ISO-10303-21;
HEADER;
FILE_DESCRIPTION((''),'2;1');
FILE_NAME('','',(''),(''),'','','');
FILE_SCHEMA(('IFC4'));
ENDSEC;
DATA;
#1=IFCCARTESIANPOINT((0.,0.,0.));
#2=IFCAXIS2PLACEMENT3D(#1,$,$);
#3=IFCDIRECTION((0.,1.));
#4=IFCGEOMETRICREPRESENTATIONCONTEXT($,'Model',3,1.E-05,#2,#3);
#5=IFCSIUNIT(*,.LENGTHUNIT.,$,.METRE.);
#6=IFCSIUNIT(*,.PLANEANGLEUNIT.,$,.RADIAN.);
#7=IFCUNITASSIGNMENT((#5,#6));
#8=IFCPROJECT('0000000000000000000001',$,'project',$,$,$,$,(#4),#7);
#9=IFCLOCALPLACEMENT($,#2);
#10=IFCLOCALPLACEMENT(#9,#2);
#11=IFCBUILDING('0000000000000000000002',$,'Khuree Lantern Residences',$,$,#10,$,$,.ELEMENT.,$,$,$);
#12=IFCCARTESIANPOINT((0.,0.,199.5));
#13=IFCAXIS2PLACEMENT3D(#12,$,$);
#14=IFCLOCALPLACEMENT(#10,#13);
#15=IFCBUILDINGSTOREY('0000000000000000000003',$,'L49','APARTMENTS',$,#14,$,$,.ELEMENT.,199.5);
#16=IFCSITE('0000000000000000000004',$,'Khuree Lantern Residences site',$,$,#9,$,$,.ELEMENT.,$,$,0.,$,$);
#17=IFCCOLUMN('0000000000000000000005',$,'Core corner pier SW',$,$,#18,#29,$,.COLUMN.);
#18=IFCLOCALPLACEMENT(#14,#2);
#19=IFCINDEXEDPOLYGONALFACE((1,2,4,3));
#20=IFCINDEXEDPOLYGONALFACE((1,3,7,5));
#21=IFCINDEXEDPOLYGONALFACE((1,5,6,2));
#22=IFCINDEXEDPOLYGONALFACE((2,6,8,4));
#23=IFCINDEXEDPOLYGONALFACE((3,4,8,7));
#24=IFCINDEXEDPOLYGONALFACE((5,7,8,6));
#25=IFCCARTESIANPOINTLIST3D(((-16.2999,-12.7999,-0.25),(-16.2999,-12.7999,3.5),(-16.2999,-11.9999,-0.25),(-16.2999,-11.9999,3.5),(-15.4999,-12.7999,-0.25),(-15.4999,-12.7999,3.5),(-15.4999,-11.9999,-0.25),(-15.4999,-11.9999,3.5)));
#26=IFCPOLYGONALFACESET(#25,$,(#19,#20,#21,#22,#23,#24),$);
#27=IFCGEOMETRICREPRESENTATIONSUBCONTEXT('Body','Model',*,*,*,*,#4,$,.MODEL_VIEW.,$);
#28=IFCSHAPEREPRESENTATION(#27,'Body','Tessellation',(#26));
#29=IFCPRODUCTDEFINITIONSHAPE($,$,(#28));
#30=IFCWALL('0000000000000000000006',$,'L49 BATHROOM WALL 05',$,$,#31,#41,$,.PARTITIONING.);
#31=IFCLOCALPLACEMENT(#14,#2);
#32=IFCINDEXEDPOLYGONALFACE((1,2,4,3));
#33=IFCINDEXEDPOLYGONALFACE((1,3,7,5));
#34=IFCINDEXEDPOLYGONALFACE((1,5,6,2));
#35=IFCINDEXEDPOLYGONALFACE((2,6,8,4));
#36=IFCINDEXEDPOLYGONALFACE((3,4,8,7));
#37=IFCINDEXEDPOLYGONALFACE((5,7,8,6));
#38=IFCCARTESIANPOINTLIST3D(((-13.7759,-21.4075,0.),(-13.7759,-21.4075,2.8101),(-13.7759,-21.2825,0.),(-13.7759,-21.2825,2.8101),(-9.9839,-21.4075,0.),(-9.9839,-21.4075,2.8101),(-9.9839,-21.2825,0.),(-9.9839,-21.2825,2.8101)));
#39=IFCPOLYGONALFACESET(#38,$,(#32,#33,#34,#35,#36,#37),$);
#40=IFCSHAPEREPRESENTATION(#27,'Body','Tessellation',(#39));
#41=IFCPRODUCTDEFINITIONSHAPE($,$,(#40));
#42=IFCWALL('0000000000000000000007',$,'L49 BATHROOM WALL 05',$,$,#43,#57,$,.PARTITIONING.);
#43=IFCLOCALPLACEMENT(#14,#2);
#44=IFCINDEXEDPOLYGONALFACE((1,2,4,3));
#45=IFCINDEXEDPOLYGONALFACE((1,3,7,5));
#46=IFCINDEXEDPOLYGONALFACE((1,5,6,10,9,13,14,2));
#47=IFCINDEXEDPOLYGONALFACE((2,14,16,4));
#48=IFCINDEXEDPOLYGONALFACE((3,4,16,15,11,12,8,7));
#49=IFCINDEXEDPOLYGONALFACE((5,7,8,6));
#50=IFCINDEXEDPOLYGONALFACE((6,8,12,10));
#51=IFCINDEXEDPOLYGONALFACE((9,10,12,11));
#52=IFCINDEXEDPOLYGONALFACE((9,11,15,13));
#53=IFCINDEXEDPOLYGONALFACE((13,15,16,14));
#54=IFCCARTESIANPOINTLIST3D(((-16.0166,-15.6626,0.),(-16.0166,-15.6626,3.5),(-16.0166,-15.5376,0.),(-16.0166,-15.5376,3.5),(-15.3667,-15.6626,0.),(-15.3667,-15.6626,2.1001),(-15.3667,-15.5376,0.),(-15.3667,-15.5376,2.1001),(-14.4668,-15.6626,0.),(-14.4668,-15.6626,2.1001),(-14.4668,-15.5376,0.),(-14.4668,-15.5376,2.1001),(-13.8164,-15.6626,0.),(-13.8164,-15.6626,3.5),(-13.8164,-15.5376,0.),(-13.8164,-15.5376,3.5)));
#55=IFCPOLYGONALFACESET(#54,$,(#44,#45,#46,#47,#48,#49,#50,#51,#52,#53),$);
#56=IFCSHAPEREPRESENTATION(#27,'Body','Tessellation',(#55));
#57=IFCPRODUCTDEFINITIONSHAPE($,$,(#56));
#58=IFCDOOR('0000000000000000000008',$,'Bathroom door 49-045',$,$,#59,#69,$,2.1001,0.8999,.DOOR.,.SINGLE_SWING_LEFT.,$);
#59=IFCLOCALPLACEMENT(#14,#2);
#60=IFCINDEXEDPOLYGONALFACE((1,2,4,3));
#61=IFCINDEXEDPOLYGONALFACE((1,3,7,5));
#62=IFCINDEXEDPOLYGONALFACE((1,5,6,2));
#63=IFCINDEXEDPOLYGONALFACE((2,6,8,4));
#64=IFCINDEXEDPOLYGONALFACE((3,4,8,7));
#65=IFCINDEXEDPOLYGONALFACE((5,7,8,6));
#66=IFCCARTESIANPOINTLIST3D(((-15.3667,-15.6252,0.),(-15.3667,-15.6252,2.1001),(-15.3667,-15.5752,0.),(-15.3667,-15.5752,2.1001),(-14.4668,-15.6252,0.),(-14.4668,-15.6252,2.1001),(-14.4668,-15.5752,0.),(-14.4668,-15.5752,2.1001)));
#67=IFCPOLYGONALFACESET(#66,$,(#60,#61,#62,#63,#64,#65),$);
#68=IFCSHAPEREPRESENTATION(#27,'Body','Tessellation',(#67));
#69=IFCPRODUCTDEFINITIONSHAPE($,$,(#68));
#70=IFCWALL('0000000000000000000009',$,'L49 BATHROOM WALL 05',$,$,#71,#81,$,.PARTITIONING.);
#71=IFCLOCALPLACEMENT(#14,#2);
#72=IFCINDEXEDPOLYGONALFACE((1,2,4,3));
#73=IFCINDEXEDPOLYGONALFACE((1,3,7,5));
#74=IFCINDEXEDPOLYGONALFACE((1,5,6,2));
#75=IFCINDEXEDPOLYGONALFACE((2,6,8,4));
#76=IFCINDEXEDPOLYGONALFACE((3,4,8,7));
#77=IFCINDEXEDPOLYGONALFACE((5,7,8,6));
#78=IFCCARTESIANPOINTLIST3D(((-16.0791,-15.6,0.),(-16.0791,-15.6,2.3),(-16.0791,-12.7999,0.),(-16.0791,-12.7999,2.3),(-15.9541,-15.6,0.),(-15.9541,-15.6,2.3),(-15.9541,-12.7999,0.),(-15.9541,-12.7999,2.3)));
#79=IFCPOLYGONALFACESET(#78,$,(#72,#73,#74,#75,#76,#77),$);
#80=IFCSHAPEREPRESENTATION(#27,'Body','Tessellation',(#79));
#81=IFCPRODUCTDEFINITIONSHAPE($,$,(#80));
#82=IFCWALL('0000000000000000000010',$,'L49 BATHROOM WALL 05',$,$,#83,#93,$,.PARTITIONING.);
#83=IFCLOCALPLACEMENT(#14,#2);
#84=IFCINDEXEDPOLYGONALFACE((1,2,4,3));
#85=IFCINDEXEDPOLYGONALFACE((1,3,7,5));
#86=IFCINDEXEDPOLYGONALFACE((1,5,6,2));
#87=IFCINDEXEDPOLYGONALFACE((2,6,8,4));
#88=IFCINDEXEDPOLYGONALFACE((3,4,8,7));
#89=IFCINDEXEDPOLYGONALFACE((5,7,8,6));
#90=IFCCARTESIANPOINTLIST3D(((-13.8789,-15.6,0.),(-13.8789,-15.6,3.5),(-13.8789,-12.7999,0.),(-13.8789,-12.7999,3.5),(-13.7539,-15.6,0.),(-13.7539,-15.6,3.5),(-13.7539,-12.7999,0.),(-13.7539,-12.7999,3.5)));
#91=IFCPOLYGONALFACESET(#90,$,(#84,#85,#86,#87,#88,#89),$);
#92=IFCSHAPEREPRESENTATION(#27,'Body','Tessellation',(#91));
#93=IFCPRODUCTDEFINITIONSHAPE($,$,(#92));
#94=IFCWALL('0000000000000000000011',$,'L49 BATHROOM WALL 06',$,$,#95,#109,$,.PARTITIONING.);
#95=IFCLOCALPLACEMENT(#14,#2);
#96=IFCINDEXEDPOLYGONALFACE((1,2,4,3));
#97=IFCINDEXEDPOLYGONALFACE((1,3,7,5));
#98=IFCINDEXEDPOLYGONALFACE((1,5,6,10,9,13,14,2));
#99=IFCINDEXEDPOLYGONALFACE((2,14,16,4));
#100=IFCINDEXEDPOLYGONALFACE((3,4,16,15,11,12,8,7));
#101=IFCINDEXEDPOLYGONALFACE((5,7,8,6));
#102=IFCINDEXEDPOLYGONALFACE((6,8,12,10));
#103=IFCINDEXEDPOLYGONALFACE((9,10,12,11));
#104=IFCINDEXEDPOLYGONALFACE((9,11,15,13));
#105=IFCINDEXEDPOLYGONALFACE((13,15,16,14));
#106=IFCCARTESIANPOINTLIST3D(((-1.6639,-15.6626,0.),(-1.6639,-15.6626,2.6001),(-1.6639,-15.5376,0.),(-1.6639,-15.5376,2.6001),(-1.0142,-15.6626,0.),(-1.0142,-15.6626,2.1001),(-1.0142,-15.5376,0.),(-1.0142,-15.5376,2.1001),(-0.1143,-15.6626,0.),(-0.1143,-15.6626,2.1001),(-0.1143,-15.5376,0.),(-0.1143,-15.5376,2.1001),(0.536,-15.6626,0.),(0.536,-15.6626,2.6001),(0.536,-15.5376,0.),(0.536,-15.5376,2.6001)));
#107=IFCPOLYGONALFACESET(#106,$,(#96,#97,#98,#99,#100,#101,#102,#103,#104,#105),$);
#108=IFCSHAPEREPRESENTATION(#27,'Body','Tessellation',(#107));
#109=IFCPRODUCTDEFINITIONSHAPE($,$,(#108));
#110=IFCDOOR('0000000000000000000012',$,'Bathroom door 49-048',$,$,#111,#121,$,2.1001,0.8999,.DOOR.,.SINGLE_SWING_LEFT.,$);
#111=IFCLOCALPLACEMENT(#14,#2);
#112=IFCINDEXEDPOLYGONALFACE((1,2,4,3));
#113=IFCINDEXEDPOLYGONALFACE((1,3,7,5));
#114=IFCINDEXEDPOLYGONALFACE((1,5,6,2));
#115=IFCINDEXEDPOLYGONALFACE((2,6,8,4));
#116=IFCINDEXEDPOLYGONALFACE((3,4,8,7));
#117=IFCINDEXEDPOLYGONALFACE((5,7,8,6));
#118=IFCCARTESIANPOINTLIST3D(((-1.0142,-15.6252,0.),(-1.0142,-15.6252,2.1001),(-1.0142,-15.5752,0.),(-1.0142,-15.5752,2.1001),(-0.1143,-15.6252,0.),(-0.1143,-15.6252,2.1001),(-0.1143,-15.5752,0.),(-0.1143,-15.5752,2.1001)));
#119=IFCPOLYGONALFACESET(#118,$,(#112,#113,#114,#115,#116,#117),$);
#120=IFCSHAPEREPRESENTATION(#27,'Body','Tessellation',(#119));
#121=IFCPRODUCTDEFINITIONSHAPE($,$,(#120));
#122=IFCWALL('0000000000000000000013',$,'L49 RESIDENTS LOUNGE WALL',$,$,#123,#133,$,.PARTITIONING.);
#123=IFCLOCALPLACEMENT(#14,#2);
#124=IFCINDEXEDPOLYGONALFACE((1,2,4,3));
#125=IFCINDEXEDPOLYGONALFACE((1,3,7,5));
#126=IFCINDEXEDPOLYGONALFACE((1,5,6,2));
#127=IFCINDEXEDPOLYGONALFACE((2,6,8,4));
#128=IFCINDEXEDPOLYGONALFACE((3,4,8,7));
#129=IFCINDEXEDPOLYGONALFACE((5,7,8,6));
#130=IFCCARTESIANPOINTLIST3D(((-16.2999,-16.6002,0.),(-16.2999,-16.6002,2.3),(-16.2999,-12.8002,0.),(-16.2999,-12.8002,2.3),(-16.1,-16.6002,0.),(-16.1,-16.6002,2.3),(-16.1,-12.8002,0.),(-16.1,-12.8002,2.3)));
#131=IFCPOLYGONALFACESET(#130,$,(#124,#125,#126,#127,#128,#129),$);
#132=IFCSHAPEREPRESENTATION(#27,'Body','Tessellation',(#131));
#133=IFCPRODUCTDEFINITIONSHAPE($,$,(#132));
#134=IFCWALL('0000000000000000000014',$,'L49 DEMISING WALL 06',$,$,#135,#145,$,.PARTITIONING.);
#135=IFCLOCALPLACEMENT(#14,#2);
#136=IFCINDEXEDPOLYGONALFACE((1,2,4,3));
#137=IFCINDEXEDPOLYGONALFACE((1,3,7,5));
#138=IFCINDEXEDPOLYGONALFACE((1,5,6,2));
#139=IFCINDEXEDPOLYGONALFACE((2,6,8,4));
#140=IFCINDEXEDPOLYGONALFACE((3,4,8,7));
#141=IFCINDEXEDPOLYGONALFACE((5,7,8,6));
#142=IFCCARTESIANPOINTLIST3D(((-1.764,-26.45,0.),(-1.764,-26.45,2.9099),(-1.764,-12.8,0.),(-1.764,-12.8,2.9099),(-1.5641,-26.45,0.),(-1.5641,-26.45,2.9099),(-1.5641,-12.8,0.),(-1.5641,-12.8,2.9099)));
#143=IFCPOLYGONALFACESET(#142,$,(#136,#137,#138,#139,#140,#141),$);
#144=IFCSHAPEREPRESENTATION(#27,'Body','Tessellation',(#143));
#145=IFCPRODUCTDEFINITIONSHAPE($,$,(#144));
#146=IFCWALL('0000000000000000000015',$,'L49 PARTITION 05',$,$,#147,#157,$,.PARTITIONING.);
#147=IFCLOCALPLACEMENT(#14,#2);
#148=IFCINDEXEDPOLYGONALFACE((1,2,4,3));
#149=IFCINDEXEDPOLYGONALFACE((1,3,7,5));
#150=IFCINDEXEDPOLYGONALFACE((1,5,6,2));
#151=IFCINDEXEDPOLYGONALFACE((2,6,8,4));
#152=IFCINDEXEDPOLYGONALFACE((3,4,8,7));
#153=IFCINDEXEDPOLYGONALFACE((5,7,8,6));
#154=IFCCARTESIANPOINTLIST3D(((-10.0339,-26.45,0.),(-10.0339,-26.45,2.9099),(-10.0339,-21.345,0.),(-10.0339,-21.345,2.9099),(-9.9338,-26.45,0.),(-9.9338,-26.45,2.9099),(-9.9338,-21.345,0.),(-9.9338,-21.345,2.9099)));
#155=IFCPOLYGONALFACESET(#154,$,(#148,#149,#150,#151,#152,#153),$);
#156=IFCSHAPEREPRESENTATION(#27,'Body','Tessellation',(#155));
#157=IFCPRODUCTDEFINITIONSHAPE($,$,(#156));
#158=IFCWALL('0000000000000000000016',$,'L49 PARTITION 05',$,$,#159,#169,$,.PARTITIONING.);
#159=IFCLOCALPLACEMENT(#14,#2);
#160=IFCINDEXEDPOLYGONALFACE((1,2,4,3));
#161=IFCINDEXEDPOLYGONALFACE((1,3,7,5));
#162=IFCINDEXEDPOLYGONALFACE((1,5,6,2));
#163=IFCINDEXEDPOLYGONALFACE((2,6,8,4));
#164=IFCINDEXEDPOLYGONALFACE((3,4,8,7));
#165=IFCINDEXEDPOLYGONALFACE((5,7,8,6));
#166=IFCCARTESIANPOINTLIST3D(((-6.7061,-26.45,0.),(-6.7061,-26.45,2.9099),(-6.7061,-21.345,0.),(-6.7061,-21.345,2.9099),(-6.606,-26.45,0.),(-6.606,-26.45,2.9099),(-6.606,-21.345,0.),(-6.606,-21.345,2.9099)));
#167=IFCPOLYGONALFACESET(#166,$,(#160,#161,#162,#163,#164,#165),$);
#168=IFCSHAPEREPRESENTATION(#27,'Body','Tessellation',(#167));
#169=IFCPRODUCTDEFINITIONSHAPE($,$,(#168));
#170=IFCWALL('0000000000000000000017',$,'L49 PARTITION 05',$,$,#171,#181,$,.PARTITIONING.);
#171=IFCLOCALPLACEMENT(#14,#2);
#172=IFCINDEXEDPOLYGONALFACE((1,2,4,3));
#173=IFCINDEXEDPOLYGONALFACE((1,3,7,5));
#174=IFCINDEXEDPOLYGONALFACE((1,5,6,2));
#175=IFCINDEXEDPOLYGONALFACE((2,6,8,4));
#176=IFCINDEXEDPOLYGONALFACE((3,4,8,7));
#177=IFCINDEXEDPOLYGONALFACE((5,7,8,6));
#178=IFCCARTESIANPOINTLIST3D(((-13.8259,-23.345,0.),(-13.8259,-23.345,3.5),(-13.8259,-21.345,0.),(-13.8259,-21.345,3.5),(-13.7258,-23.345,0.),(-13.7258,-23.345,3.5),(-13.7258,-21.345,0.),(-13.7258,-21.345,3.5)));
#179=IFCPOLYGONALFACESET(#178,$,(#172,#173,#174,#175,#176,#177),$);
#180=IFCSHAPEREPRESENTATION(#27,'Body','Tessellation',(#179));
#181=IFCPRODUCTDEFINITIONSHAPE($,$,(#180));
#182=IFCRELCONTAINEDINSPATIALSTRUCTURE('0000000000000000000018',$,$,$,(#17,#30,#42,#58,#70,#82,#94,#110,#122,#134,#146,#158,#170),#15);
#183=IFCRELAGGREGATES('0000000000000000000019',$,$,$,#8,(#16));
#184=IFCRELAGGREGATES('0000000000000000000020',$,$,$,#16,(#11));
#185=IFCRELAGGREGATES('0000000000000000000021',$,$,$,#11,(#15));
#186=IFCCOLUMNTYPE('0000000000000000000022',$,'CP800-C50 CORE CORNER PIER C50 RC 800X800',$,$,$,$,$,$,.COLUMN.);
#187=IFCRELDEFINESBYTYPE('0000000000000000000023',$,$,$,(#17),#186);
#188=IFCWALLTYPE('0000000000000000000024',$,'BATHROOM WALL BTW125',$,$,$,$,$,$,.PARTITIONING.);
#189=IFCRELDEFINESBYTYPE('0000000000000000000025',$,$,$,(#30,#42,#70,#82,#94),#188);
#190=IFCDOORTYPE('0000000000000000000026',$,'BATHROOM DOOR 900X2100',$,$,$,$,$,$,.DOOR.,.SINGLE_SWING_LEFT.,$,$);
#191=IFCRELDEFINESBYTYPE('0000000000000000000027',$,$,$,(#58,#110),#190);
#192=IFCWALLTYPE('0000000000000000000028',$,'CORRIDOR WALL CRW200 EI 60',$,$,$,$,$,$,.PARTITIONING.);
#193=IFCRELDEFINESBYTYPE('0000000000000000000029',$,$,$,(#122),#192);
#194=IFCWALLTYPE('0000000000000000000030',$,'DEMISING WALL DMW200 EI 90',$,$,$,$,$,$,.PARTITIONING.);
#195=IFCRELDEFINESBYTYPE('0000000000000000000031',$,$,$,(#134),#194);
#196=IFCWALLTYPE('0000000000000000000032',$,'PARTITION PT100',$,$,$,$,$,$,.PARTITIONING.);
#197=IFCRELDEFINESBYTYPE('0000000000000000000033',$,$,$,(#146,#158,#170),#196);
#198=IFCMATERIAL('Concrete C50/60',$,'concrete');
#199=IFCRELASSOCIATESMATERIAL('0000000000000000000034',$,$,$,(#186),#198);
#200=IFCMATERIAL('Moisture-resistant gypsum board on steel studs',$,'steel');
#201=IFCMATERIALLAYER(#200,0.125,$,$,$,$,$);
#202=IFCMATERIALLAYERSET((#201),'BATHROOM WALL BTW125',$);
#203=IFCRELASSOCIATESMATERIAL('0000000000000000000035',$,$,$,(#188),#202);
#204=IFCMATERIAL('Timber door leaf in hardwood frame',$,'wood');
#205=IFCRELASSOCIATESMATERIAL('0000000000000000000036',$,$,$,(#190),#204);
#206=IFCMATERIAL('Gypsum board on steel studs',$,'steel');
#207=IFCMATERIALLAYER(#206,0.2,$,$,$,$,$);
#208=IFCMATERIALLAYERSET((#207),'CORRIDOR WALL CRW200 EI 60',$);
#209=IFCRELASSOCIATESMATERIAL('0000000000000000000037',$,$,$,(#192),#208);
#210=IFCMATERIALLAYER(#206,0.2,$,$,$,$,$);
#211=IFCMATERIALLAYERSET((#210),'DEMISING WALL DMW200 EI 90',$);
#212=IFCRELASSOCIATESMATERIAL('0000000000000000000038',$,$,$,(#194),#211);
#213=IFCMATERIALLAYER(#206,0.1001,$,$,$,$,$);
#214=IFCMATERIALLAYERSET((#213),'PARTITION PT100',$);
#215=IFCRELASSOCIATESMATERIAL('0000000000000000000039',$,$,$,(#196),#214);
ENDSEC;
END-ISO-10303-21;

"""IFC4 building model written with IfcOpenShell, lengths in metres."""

from ifc_helpers import new_model, si_unit, direction, frame, frame_2d, origin, origin_2d, place, context, subcontext, project, spatial, rectangle, extrude, material, layer, layer_set, material_profile, profile_set, type_object, element, fill, save


model = new_model("IFC4")

# Units and contexts
model_context = context("Model", 3, precision=1e-05, world=origin(), true_north=direction((0.0, 1.0)))
body_context = subcontext(model_context, "Body", "Model", "MODEL_VIEW")
ifc_project = project(units=[si_unit("LENGTHUNIT", "METRE"), si_unit("PLANEANGLEUNIT", "RADIAN")], contexts=[model_context])

# Site, building, storey
site_placement = place(None, origin())
site = spatial("IfcSite", under=ifc_project, at=site_placement, Name="Khuree Lantern Residences site", CompositionType="ELEMENT", RefElevation=0.0)
building_placement = place(site_placement, origin())
building = spatial("IfcBuilding", under=site, at=building_placement, Name="Khuree Lantern Residences", CompositionType="ELEMENT")
storey_placement = place(building_placement, frame((0.0, 0.0, 199.5)))
storey = spatial("IfcBuildingStorey", under=building, at=storey_placement, Name="L49", Description="APARTMENTS", CompositionType="ELEMENT", Elevation=199.5)

# Column
ifc_material_1 = material(Name="Concrete C50/60", Category="concrete")
ifc_material_profile = material_profile(ifc_material_1, rectangle(XDim=0.8, YDim=0.8, at=origin_2d()), Name="RC 800X800")
ifc_profile_set = profile_set([ifc_material_profile], Name="Concrete C50/60")
column_type = type_object("IfcColumnType", Name="CP800-C50 CORE CORNER PIER C50 RC 800X800", PredefinedType="COLUMN", material=ifc_profile_set)
column_placement = place(storey_placement, frame((-15.8999, -12.3999, -0.25), z_axis=(0.0, 0.0, 1.0), x_axis=(1.0, 0.0, 0.0)))
element("IfcColumn", 1, at=column_placement, inside=storey, type_object=column_type, Name="Core corner pier SW", PredefinedType="COLUMN", context=body_context, shape_type="SweptSolid", body=[
    extrude(rectangle(XDim=0.8, YDim=0.8, at=origin_2d()), origin(), (0.0, 0.0, 1.0), 3.75),
])

# Wall
ifc_material_2 = material(Name="Moisture-resistant gypsum board on steel studs", Category="steel")
ifc_layer_1 = layer(ifc_material_2, 0.125)
ifc_layer_set_1 = layer_set([ifc_layer_1], Name="BATHROOM WALL BTW125")
wall_type_1 = type_object("IfcWallType", Name="BATHROOM WALL BTW125", PredefinedType="PARTITIONING", material=ifc_layer_set_1)
wall_1_placement = place(storey_placement, frame((-13.7759, -21.345, 0.0), z_axis=(0.0, 0.0, 1.0), x_axis=(1.0, 0.0, 0.0)))
element("IfcWall", 2, at=wall_1_placement, inside=storey, type_object=wall_type_1, Name="L49 BATHROOM WALL 05", PredefinedType="PARTITIONING", context=body_context, shape_type="SweptSolid", body=[
    extrude(rectangle(XDim=3.792, YDim=0.125, at=frame_2d((1.896, 0.0))), origin(), (0.0, 0.0, 1.0), 2.8101),
])

# Wall, opening, door
wall_2_placement = place(storey_placement, frame((-16.0166, -15.6001, 0.0), z_axis=(0.0, 0.0, 1.0), x_axis=(1.0, 0.0, 0.0)))
wall_2 = element("IfcWall", 3, at=wall_2_placement, inside=storey, type_object=wall_type_1, Name="L49 BATHROOM WALL 05", PredefinedType="PARTITIONING", context=body_context, shape_type="SweptSolid", body=[
    extrude(rectangle(XDim=2.2002, YDim=0.125, at=frame_2d((1.1001, 0.0))), origin(), (0.0, 0.0, 1.0), 3.5),
])
opening_1_placement = place(wall_2_placement, frame((0.6499, 0.0, 0.0)))
opening_1 = element("IfcOpeningElement", 4, at=opening_1_placement, cuts=wall_2, PredefinedType="OPENING", context=body_context, shape_type="SweptSolid", body=[
    extrude(rectangle(XDim=0.8999, YDim=2.1001, at=frame_2d((0.45, 1.05))), frame((0.0, 0.0725, 0.0), z_axis=(0.0, -1.0, 0.0), x_axis=(1.0, 0.0, 0.0)), (0.0, 0.0, 1.0), 0.145),
])
ifc_material_3 = material(Name="Timber door leaf in hardwood frame", Category="wood")
door_type = type_object("IfcDoorType", Name="BATHROOM DOOR 900X2100", OperationType="SINGLE_SWING_LEFT", PredefinedType="DOOR", material=ifc_material_3)
door_1_placement = place(opening_1_placement, origin())
door_1 = element("IfcDoor", 5, at=door_1_placement, inside=storey, type_object=door_type, Name="Bathroom door 49-045", OperationType="SINGLE_SWING_LEFT", OverallHeight=2.1001, OverallWidth=0.8999, PredefinedType="DOOR", context=body_context, shape_type="SweptSolid", body=[
    extrude(rectangle(XDim=0.8999, YDim=2.1001, at=frame_2d((0.45, 1.05))), frame((0.0, 0.0249, 0.0), z_axis=(0.0, -1.0, 0.0), x_axis=(1.0, 0.0, 0.0)), (0.0, 0.0, 1.0), 0.05),
])
fill(opening_1, door_1)

# Walls
wall_3_placement = place(storey_placement, frame((-16.0166, -12.8, 0.0), z_axis=(0.0, 0.0, 1.0), x_axis=(0.0, -1.0, 0.0)))
element("IfcWall", 6, at=wall_3_placement, inside=storey, type_object=wall_type_1, Name="L49 BATHROOM WALL 05", PredefinedType="PARTITIONING", context=body_context, shape_type="SweptSolid", body=[
    extrude(rectangle(XDim=2.8, YDim=0.125, at=frame_2d((1.3999, 0.0))), origin(), (0.0, 0.0, 1.0), 2.3),
])
wall_4_placement = place(storey_placement, frame((-13.8164, -12.8, 0.0), z_axis=(0.0, 0.0, 1.0), x_axis=(0.0, -1.0, 0.0)))
element("IfcWall", 7, at=wall_4_placement, inside=storey, type_object=wall_type_1, Name="L49 BATHROOM WALL 05", PredefinedType="PARTITIONING", context=body_context, shape_type="SweptSolid", body=[
    extrude(rectangle(XDim=2.8, YDim=0.125, at=frame_2d((1.3999, 0.0))), origin(), (0.0, 0.0, 1.0), 3.5),
])

# Wall, opening, door
wall_5_placement = place(storey_placement, frame((-1.6641, -15.6001, 0.0), z_axis=(0.0, 0.0, 1.0), x_axis=(1.0, 0.0, 0.0)))
wall_5 = element("IfcWall", 8, at=wall_5_placement, inside=storey, type_object=wall_type_1, Name="L49 BATHROOM WALL 06", PredefinedType="PARTITIONING", context=body_context, shape_type="SweptSolid", body=[
    extrude(rectangle(XDim=2.2, YDim=0.125, at=frame_2d((1.1001, 0.0))), origin(), (0.0, 0.0, 1.0), 2.6001),
])
opening_2_placement = place(wall_5_placement, frame((0.6499, 0.0, 0.0)))
opening_2 = element("IfcOpeningElement", 9, at=opening_2_placement, cuts=wall_5, PredefinedType="OPENING", context=body_context, shape_type="SweptSolid", body=[
    extrude(rectangle(XDim=0.8999, YDim=2.1001, at=frame_2d((0.45, 1.05))), frame((0.0, 0.0725, 0.0), z_axis=(0.0, -1.0, 0.0), x_axis=(1.0, 0.0, 0.0)), (0.0, 0.0, 1.0), 0.145),
])
door_2_placement = place(opening_2_placement, origin())
door_2 = element("IfcDoor", 10, at=door_2_placement, inside=storey, type_object=door_type, Name="Bathroom door 49-048", OperationType="SINGLE_SWING_LEFT", OverallHeight=2.1001, OverallWidth=0.8999, PredefinedType="DOOR", context=body_context, shape_type="SweptSolid", body=[
    extrude(rectangle(XDim=0.8999, YDim=2.1001, at=frame_2d((0.45, 1.05))), frame((0.0, 0.0249, 0.0), z_axis=(0.0, -1.0, 0.0), x_axis=(1.0, 0.0, 0.0)), (0.0, 0.0, 1.0), 0.05),
])
fill(opening_2, door_2)

# Walls
ifc_material_4 = material(Name="Gypsum board on steel studs", Category="steel")
ifc_layer_2 = layer(ifc_material_4, 0.2)
ifc_layer_set_2 = layer_set([ifc_layer_2], Name="CORRIDOR WALL CRW200 EI 60")
wall_type_2 = type_object("IfcWallType", Name="CORRIDOR WALL CRW200 EI 60", PredefinedType="PARTITIONING", material=ifc_layer_set_2)
wall_6_placement = place(storey_placement, frame((-16.2, -16.6001, 0.0), z_axis=(0.0, 0.0, 1.0), x_axis=(0.0, 1.0, 0.0)))
element("IfcWall", 11, at=wall_6_placement, inside=storey, type_object=wall_type_2, Name="L49 RESIDENTS LOUNGE WALL", PredefinedType="PARTITIONING", context=body_context, shape_type="SweptSolid", body=[
    extrude(rectangle(XDim=3.8, YDim=0.2, at=frame_2d((1.8999, 0.0))), origin(), (0.0, 0.0, 1.0), 2.3),
])
ifc_layer_3 = layer(ifc_material_4, 0.2)
ifc_layer_set_3 = layer_set([ifc_layer_3], Name="DEMISING WALL DMW200 EI 90")
wall_type_3 = type_object("IfcWallType", Name="DEMISING WALL DMW200 EI 90", PredefinedType="PARTITIONING", material=ifc_layer_set_3)
wall_7_placement = place(storey_placement, frame((-1.6641, -12.8, 0.0), z_axis=(0.0, 0.0, 1.0), x_axis=(0.0, -1.0, 0.0)))
element("IfcWall", 12, at=wall_7_placement, inside=storey, type_object=wall_type_3, Name="L49 DEMISING WALL 06", PredefinedType="PARTITIONING", context=body_context, shape_type="SweptSolid", body=[
    extrude(rectangle(XDim=13.6499, YDim=0.2, at=frame_2d((6.825, 0.0))), origin(), (0.0, 0.0, 1.0), 2.9099),
])
ifc_layer_4 = layer(ifc_material_4, 0.1001)
ifc_layer_set_4 = layer_set([ifc_layer_4], Name="PARTITION PT100")
wall_type_4 = type_object("IfcWallType", Name="PARTITION PT100", PredefinedType="PARTITIONING", material=ifc_layer_set_4)
for number, where, z_axis, x_axis, name in (
    (13, (-9.9839, -21.345, 0.0), (0.0, 0.0, 1.0), (0.0, -1.0, 0.0), "L49 PARTITION 05"),
    (14, (-6.656, -21.345, 0.0), (0.0, 0.0, 1.0), (0.0, -1.0, 0.0), "L49 PARTITION 05"),
):
    element("IfcWall", number, at=place(storey_placement, frame(where, z_axis=z_axis, x_axis=x_axis)), inside=storey, type_object=wall_type_4, Name=name, PredefinedType="PARTITIONING", context=body_context, shape_type="SweptSolid", body=[
        extrude(rectangle(XDim=5.105, YDim=0.1001, at=frame_2d((2.5525, 0.0))), origin(), (0.0, 0.0, 1.0), 2.9099),
    ])
for number, where, z_axis, x_axis, name in (
    (15, (-13.7759, -21.345, 0.0), (0.0, 0.0, 1.0), (0.0, -1.0, 0.0), "L49 PARTITION 05"),
):
    element("IfcWall", number, at=place(storey_placement, frame(where, z_axis=z_axis, x_axis=x_axis)), inside=storey, type_object=wall_type_4, Name=name, PredefinedType="PARTITIONING", context=body_context, shape_type="SweptSolid", body=[
        extrude(rectangle(XDim=2.0, YDim=0.1001, at=frame_2d((1.0, 0.0))), origin(), (0.0, 0.0, 1.0), 3.5),
    ])

save(model, "model.ifc")
